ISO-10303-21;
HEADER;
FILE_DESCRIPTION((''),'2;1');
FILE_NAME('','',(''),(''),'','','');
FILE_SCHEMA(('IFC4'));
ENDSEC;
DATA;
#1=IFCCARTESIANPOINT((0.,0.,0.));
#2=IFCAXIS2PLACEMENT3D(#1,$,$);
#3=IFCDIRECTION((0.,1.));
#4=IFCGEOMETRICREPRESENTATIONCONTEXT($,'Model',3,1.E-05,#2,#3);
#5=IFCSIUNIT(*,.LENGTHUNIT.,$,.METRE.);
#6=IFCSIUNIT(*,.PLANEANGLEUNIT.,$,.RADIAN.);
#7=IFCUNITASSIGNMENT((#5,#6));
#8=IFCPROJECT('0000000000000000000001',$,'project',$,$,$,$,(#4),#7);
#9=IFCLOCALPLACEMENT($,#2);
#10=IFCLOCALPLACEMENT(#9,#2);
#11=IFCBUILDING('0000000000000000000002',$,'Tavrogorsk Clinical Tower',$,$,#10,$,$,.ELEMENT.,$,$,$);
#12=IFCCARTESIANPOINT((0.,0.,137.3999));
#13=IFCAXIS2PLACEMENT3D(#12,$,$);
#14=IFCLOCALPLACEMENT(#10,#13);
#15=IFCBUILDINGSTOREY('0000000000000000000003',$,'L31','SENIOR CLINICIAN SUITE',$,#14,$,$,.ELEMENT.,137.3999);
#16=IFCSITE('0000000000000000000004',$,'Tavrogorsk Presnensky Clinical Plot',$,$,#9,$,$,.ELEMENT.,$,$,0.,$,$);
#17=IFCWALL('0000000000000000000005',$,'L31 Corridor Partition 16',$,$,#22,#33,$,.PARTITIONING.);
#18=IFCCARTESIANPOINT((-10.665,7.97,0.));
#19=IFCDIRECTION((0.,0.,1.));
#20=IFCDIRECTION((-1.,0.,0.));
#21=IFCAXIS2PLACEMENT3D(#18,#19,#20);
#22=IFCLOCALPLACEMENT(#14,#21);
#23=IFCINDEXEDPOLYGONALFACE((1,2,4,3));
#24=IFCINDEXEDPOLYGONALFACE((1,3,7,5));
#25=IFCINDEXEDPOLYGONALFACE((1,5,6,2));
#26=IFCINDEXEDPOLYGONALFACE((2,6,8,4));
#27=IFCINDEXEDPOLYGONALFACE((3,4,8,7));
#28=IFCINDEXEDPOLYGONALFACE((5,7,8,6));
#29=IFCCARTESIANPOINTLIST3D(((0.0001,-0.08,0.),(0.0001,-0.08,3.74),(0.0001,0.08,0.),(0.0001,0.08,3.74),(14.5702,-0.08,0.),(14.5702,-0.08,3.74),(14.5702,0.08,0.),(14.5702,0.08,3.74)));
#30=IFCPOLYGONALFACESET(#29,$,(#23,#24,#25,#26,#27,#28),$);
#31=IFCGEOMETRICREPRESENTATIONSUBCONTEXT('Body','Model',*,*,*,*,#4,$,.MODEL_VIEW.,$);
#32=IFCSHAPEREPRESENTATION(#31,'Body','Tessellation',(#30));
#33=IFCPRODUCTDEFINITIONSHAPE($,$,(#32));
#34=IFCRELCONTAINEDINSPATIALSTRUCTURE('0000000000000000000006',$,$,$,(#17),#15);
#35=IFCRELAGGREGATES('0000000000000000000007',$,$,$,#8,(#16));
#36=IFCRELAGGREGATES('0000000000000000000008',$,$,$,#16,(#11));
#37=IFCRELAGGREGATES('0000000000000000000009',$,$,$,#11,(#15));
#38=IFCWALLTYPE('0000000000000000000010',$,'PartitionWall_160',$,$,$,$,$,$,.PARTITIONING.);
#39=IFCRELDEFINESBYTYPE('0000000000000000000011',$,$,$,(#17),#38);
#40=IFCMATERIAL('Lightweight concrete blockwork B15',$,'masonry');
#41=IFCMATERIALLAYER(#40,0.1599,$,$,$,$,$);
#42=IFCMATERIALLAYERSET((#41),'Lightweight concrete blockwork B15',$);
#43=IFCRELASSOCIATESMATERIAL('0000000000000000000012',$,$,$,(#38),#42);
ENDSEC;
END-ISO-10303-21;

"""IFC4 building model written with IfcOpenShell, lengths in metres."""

from ifc_helpers import new_model, si_unit, direction, frame, frame_2d, origin, place, context, subcontext, project, spatial, rectangle, extrude, material, layer, layer_set, type_object, element, save


model = new_model("IFC4")

# Units and contexts
model_context = context("Model", 3, precision=1e-05, world=origin(), true_north=direction((0.0, 1.0)))
body_context = subcontext(model_context, "Body", "Model", "MODEL_VIEW")
ifc_project = project(units=[si_unit("LENGTHUNIT", "METRE"), si_unit("PLANEANGLEUNIT", "RADIAN")], contexts=[model_context])

# Site, building, storey
site_placement = place(None, origin())
site = spatial("IfcSite", under=ifc_project, at=site_placement, Name="Tavrogorsk Presnensky Clinical Plot", CompositionType="ELEMENT", RefElevation=0.0)
building_placement = place(site_placement, origin())
building = spatial("IfcBuilding", under=site, at=building_placement, Name="Tavrogorsk Clinical Tower", CompositionType="ELEMENT")
storey_placement = place(building_placement, frame((0.0, 0.0, 137.3999)))
storey = spatial("IfcBuildingStorey", under=building, at=storey_placement, Name="L31", Description="SENIOR CLINICIAN SUITE", CompositionType="ELEMENT", Elevation=137.3999)

# Shared definitions
ifc_material_1 = material(Name="Lightweight concrete blockwork B15", Category="masonry")
ifc_layer_1 = layer(ifc_material_1, 0.1599)
ifc_layer_set_1 = layer_set([ifc_layer_1], Name="Lightweight concrete blockwork B15")
wall_type_1 = type_object("IfcWallType", Name="PartitionWall_160", PredefinedType="PARTITIONING", material=ifc_layer_set_1)

# Wall
wall_1_placement = place(storey_placement, frame((-10.665, 7.97, 0.0), z_axis=(0.0, 0.0, 1.0), x_axis=(-1.0, 0.0, 0.0)))
element("IfcWall", 1, at=wall_1_placement, inside=storey, type_object=wall_type_1, Name="L31 Corridor Partition 16", PredefinedType="PARTITIONING", context=body_context, shape_type="SweptSolid", body=[
    extrude(rectangle(XDim=14.5701, YDim=0.1599, at=frame_2d((7.2852, 0.0))), origin(), (0.0, 0.0, 1.0), 3.74),
])

save(model, "model.ifc")
